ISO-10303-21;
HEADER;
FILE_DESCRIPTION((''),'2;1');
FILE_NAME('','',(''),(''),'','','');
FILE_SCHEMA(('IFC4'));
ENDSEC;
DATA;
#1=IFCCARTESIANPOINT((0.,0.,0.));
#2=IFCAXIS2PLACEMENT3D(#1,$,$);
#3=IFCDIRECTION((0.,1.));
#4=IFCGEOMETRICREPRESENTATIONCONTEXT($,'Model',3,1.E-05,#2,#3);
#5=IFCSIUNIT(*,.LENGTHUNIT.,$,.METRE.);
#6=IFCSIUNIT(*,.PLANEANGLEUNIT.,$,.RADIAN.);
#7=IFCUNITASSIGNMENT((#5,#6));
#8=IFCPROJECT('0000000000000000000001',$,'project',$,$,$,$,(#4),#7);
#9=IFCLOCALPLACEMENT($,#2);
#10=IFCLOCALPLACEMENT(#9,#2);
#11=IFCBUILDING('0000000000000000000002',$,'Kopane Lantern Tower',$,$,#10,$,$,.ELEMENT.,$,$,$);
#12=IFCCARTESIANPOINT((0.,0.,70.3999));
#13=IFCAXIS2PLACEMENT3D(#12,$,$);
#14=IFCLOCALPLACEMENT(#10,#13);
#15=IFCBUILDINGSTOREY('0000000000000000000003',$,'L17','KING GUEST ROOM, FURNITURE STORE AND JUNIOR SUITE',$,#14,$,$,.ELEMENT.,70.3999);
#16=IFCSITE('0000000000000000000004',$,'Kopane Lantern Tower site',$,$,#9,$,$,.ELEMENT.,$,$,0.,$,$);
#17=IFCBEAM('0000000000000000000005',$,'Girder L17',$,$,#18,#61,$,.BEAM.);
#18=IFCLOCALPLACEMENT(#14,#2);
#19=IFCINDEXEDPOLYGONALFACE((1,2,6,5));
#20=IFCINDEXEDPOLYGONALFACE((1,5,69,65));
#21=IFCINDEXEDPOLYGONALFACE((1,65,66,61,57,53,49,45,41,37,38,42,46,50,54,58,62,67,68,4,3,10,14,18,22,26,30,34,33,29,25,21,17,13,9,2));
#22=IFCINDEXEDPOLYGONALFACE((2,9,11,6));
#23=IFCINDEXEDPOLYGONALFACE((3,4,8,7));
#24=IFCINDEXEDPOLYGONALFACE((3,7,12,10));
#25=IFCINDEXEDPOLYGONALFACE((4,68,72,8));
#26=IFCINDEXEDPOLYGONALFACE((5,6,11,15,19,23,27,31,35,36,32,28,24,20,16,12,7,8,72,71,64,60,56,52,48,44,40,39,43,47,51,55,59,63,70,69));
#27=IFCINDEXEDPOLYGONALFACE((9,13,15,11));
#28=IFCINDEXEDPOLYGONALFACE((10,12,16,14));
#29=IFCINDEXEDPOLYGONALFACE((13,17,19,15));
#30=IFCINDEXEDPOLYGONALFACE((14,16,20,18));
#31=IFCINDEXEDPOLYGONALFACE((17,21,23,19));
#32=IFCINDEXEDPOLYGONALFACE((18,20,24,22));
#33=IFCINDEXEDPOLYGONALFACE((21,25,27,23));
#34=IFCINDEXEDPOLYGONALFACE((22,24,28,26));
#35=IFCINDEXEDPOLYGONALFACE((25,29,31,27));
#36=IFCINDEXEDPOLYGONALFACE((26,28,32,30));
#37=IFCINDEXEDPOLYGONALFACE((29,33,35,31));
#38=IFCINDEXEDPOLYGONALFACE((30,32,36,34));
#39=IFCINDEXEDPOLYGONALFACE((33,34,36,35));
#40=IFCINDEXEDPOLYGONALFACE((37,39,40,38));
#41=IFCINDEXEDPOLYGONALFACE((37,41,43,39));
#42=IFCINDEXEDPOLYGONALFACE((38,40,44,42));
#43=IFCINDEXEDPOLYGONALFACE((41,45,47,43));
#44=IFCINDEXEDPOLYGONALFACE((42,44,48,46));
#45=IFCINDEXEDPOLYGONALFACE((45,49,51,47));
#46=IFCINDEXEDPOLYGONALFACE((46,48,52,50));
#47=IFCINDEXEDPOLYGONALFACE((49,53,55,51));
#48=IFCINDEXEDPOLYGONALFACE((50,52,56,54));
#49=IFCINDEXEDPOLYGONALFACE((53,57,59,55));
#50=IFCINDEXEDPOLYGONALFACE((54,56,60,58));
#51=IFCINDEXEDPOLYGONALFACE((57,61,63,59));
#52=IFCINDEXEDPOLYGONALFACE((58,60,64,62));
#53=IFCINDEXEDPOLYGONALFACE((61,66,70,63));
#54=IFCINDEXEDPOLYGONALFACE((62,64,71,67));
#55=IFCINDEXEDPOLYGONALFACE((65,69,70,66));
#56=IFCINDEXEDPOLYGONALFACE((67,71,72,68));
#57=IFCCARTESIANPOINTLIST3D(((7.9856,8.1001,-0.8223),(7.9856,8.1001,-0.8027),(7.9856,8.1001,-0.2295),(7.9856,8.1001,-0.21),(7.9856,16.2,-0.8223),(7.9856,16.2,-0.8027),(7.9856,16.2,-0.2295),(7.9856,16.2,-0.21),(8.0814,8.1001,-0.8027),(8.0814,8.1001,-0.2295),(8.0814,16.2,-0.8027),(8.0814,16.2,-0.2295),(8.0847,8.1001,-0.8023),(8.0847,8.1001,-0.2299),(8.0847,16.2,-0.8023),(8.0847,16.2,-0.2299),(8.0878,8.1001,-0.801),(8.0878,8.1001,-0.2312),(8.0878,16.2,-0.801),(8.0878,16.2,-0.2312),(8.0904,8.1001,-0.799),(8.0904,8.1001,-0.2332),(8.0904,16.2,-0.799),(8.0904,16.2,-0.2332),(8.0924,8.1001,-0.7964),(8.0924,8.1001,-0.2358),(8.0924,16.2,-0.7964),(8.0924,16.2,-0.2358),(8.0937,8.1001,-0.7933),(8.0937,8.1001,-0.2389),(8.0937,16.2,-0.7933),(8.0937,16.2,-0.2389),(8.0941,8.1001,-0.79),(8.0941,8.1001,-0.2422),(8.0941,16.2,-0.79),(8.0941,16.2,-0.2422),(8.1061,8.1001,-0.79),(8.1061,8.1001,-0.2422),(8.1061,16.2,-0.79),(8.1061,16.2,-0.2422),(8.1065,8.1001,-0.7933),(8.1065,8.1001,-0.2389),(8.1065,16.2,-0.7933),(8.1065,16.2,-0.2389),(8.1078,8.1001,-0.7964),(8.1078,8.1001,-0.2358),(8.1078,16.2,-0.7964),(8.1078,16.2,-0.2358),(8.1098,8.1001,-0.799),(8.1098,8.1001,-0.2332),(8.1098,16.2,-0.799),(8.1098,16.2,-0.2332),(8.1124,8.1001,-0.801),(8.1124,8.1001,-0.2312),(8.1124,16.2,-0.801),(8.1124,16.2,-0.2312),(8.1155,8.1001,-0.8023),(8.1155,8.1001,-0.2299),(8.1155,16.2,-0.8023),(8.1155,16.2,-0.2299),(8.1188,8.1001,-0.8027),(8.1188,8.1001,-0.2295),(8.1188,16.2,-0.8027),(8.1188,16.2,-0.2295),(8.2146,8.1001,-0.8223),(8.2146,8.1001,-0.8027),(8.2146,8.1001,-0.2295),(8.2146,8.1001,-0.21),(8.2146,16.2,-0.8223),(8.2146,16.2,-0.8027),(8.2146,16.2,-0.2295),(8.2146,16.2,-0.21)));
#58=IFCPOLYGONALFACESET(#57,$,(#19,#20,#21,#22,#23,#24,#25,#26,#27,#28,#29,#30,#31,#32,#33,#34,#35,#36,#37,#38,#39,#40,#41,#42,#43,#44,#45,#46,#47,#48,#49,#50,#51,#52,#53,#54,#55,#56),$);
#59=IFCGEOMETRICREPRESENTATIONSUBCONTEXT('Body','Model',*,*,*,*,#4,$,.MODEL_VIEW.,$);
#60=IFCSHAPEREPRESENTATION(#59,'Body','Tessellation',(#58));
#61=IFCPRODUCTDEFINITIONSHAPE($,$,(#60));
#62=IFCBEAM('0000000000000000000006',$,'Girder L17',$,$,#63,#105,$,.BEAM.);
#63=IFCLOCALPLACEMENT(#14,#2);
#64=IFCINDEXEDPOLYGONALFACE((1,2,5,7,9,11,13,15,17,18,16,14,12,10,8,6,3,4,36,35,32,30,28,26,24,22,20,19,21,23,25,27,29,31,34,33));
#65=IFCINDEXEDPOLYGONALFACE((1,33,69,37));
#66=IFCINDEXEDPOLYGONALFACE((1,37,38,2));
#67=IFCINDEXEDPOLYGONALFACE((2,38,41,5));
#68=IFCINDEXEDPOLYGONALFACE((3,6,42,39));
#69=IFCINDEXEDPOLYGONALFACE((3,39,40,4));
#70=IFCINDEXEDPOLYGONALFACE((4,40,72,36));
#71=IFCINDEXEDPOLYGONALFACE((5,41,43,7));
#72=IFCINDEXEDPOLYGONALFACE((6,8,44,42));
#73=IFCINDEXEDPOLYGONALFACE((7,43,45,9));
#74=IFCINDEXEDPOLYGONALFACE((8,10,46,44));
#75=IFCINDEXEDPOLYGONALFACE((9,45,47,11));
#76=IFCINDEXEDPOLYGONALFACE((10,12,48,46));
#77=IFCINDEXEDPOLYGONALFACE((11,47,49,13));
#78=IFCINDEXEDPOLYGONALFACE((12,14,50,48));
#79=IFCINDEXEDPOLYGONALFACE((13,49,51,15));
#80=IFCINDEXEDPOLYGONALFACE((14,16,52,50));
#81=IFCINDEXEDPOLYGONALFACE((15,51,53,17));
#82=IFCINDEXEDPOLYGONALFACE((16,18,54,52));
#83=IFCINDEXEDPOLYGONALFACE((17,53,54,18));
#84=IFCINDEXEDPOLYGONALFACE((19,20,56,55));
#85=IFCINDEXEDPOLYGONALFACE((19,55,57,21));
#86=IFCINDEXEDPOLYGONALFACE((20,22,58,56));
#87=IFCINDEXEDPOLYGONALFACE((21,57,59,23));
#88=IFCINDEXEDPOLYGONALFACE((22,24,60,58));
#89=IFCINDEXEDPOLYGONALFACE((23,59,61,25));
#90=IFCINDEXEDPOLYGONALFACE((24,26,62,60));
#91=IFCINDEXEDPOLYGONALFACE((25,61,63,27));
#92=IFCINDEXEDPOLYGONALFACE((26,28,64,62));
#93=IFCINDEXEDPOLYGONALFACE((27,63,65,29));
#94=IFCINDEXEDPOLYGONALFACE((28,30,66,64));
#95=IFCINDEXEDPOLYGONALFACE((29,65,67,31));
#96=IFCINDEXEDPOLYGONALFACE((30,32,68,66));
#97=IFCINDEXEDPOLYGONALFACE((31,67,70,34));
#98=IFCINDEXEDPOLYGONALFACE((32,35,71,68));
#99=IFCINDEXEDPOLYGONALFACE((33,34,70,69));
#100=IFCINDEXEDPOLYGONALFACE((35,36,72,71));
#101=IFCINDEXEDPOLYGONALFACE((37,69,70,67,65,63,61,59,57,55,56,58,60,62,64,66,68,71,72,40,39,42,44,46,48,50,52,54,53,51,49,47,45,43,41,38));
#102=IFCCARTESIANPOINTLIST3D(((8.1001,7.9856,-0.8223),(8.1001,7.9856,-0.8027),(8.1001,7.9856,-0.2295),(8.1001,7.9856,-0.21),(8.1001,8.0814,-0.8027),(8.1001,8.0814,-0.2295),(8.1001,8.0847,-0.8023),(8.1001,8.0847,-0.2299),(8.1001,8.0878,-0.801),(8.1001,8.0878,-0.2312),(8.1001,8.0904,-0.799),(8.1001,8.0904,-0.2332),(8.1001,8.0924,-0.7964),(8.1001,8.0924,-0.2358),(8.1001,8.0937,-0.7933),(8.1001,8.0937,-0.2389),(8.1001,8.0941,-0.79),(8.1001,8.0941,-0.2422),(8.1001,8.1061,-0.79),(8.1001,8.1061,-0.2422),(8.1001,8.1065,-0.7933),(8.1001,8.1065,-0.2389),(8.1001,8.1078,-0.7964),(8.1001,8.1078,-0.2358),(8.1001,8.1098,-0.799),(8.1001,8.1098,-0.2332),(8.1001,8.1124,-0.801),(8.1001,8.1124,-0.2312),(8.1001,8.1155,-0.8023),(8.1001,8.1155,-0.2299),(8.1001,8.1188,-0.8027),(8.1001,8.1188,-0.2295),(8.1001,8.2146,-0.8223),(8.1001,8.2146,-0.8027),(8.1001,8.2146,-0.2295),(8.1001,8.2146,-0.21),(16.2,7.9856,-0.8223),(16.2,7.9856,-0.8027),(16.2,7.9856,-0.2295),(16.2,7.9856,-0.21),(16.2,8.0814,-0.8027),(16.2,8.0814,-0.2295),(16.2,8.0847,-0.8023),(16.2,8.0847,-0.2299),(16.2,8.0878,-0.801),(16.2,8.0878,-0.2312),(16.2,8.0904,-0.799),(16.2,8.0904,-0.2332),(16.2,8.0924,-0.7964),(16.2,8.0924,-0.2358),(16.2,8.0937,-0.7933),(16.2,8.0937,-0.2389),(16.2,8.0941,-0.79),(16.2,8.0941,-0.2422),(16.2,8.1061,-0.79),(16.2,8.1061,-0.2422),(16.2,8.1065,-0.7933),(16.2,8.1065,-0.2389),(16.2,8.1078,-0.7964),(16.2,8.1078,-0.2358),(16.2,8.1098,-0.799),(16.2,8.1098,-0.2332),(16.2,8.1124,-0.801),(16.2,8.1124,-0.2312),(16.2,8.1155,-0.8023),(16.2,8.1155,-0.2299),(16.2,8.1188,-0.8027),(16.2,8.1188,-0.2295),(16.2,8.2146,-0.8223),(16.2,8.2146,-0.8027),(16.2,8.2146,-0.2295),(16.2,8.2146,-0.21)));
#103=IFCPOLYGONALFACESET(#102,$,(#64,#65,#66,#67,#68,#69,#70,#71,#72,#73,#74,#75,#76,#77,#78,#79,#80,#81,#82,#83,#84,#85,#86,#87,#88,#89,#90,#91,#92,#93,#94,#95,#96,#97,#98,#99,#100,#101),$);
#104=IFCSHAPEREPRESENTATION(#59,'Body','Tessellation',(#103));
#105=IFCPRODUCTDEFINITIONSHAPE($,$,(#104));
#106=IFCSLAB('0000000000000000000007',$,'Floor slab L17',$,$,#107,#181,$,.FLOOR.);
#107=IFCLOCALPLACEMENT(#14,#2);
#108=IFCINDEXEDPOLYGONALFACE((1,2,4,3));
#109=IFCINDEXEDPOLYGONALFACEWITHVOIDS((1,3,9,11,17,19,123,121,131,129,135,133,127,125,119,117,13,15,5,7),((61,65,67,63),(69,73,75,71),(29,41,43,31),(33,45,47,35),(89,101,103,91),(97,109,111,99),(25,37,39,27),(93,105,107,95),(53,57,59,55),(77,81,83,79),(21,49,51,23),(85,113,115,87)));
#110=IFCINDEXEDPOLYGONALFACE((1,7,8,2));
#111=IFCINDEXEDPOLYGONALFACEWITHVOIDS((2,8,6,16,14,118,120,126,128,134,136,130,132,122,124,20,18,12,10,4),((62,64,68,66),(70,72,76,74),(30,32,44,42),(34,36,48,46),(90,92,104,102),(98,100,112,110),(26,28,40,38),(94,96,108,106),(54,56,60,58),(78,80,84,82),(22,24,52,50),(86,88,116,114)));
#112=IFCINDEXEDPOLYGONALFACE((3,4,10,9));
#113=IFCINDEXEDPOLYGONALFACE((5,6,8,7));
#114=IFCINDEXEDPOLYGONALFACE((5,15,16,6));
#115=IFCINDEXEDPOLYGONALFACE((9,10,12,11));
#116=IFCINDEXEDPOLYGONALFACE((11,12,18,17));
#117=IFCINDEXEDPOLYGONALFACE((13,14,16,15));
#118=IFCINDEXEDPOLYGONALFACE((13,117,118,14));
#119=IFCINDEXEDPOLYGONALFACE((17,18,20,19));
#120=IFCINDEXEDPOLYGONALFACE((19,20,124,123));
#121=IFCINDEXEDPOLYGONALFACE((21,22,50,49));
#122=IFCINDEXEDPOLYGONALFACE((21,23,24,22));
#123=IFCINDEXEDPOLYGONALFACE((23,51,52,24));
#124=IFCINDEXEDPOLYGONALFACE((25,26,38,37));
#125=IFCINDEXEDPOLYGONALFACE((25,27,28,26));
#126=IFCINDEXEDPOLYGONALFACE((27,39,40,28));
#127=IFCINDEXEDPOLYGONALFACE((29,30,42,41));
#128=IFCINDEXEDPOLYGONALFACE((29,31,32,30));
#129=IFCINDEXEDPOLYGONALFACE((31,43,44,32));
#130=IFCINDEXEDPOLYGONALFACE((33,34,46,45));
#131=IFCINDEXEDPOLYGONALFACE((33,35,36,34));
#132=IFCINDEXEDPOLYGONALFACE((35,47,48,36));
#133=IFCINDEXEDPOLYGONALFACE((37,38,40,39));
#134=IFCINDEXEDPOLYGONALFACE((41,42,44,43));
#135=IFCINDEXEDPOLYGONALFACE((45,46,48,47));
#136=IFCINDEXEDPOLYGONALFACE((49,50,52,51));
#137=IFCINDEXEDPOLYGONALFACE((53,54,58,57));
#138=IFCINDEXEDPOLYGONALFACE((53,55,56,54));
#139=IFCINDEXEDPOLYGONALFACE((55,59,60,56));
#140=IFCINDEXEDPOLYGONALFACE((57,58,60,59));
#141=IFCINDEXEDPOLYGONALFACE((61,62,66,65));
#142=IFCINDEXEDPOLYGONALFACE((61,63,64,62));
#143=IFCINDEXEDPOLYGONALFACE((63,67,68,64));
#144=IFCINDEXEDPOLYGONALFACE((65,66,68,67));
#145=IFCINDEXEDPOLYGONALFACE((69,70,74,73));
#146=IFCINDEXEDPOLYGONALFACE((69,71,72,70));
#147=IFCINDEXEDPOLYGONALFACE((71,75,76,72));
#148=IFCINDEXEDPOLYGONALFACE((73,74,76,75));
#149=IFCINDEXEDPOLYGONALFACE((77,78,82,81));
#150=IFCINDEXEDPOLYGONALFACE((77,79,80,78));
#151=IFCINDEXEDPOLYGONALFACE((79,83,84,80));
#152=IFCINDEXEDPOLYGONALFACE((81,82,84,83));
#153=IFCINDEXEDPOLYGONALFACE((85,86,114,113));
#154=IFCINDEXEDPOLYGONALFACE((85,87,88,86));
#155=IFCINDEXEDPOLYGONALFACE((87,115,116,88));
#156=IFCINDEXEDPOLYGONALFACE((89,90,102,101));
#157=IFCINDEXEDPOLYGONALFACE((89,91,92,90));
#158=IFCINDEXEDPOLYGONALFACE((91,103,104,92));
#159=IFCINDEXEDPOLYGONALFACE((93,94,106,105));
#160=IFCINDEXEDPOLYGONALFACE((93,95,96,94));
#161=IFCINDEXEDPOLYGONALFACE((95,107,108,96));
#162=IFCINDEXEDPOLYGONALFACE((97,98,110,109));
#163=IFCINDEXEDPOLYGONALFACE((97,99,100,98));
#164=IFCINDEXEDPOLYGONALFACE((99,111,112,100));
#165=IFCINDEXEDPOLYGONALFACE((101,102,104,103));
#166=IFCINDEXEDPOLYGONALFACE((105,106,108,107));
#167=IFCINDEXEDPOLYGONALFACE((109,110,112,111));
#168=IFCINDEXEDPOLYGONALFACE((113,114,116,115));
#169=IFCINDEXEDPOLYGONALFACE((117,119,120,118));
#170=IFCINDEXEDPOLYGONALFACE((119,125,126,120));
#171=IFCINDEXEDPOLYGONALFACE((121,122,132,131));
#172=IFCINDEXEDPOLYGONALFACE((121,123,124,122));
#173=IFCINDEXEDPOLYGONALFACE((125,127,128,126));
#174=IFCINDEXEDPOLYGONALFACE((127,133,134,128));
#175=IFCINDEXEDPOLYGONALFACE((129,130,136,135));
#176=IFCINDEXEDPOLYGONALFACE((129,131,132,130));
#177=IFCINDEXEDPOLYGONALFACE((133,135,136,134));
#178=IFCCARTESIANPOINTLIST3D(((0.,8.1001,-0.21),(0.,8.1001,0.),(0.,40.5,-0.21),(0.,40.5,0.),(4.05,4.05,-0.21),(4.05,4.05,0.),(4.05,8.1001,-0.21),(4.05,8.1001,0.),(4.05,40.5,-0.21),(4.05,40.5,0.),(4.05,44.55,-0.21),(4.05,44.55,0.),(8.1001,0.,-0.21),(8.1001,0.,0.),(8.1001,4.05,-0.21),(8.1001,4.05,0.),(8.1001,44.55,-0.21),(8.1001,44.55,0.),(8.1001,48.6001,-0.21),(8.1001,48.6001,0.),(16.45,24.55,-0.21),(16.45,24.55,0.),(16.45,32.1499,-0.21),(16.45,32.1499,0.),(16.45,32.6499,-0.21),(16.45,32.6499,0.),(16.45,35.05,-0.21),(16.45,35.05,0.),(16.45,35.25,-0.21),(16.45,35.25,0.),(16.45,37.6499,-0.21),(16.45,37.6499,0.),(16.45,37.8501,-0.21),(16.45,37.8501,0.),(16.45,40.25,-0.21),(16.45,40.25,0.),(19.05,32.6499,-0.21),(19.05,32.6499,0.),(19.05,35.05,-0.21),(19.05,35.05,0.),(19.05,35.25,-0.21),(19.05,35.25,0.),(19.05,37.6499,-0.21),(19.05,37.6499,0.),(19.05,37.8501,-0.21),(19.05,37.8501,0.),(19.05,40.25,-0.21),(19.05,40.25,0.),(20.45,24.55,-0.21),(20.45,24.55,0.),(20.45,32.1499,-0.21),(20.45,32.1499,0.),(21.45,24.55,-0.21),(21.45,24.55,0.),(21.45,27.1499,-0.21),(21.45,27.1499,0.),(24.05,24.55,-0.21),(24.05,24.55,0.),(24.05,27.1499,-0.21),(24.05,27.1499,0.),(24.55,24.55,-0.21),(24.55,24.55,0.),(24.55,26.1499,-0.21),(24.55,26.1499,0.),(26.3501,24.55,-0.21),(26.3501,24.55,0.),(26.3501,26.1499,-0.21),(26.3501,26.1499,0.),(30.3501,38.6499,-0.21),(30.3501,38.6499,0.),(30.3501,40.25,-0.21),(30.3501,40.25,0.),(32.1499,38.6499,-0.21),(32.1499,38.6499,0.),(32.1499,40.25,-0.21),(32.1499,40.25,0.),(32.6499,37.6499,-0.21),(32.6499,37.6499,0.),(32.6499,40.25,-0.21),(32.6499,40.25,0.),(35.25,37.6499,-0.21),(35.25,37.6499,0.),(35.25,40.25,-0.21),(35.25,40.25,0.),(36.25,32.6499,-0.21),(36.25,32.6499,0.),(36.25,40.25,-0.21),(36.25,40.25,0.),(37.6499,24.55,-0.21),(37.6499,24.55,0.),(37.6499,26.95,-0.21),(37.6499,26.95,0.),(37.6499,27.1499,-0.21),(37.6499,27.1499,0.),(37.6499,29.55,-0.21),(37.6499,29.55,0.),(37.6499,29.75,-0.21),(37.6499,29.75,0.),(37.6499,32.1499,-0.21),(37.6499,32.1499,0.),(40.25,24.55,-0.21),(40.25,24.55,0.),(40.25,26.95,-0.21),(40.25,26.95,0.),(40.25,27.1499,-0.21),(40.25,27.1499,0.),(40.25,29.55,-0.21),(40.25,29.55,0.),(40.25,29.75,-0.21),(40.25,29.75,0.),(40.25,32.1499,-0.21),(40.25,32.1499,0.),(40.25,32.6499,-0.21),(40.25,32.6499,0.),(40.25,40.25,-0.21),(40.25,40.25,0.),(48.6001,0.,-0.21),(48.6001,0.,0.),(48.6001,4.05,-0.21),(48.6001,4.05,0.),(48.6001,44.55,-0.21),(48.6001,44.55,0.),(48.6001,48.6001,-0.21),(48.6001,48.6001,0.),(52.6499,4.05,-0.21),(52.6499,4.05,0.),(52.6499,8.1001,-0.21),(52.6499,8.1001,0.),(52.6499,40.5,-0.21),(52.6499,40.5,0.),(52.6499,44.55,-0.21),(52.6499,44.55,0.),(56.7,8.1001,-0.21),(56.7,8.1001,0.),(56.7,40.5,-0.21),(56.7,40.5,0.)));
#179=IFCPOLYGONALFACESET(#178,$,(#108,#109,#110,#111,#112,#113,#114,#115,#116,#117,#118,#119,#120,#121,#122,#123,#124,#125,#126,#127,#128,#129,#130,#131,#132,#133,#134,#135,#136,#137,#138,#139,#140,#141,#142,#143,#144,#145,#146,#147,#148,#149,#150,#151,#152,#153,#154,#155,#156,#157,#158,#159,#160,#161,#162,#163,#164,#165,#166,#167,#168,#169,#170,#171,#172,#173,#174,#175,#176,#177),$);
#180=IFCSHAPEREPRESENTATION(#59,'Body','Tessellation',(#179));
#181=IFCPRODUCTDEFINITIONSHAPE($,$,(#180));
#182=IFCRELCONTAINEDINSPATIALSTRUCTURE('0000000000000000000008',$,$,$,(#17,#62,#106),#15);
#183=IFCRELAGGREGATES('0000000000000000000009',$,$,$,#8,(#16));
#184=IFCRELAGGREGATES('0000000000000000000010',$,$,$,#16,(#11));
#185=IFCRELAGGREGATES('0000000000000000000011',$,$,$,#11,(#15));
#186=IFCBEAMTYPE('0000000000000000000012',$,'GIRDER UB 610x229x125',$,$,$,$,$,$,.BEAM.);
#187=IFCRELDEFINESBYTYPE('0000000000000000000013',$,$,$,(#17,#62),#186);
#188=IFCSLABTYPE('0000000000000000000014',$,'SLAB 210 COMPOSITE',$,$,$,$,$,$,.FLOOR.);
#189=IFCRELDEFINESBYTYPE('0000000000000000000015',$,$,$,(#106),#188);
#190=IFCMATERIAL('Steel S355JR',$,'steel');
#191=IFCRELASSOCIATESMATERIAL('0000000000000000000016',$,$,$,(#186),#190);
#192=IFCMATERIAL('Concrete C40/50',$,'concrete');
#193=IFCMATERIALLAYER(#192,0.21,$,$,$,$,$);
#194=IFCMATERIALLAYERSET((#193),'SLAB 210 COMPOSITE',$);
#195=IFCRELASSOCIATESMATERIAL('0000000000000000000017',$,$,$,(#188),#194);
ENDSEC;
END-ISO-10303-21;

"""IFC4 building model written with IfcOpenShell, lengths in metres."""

from ifc_helpers import new_model, si_unit, direction, frame, origin, origin_2d, place, context, subcontext, project, spatial, polyline, i_section, outline, extrude, material, layer, layer_set, material_profile, profile_set, type_object, element, save


model = new_model("IFC4")

# Units and contexts
model_context = context("Model", 3, precision=1e-05, world=origin(), true_north=direction((0.0, 1.0)))
body_context = subcontext(model_context, "Body", "Model", "MODEL_VIEW")
ifc_project = project(units=[si_unit("LENGTHUNIT", "METRE"), si_unit("PLANEANGLEUNIT", "RADIAN")], contexts=[model_context])

# Site, building, storey
site_placement = place(None, origin())
site = spatial("IfcSite", under=ifc_project, at=site_placement, Name="Kopane Lantern Tower site", CompositionType="ELEMENT", RefElevation=0.0)
building_placement = place(site_placement, origin())
building = spatial("IfcBuilding", under=site, at=building_placement, Name="Kopane Lantern Tower", CompositionType="ELEMENT")
storey_placement = place(building_placement, frame((0.0, 0.0, 70.3999)))
storey = spatial("IfcBuildingStorey", under=building, at=storey_placement, Name="L17", Description="KING GUEST ROOM, FURNITURE STORE AND JUNIOR SUITE", CompositionType="ELEMENT", Elevation=70.3999)

# Beams
ifc_material_1 = material(Name="Steel S355JR", Category="steel")
ifc_material_profile_1 = material_profile(ifc_material_1, i_section(OverallWidth=0.229, OverallDepth=0.6123, WebThickness=0.012, FlangeThickness=0.0195, FilletRadius=0.0127, at=origin_2d()), Name="UB 610x229x125")
ifc_profile_set_1 = profile_set([ifc_material_profile_1], Name="Steel S355JR")
beam_type_1 = type_object("IfcBeamType", Name="GIRDER UB 610x229x125", PredefinedType="BEAM", material=ifc_profile_set_1)
for number, where, z_axis, x_axis, name in (
    (1, (8.1001, 8.1001, -0.5161), (0.0, 1.0, 0.0), (-1.0, 0.0, 0.0), "Girder L17"),
    (2, (8.1001, 8.1001, -0.5161), (1.0, 0.0, 0.0), (0.0, 1.0, 0.0), "Girder L17"),
):
    element("IfcBeam", number, at=place(storey_placement, frame(where, z_axis=z_axis, x_axis=x_axis)), inside=storey, type_object=beam_type_1, Name=name, PredefinedType="BEAM", context=body_context, shape_type="SweptSolid", body=[
        extrude(i_section(OverallWidth=0.229, OverallDepth=0.6123, WebThickness=0.012, FlangeThickness=0.0195, FilletRadius=0.0127, at=origin_2d()), origin(), (0.0, 0.0, 1.0), 8.0999),
    ])

# Slab
ifc_material_2 = material(Name="Concrete C40/50", Category="concrete")
ifc_layer_1 = layer(ifc_material_2, 0.21)
ifc_layer_set_1 = layer_set([ifc_layer_1], Name="SLAB 210 COMPOSITE")
slab_type_1 = type_object("IfcSlabType", Name="SLAB 210 COMPOSITE", PredefinedType="FLOOR", material=ifc_layer_set_1)
slab_1_placement = place(storey_placement, frame((0.0, 0.0, -0.21)))
element("IfcSlab", 3, at=slab_1_placement, inside=storey, type_object=slab_type_1, Name="Floor slab L17", PredefinedType="FLOOR", context=body_context, shape_type="SweptSolid", body=[
    extrude(outline(polyline([(8.1001, 0.0), (48.6001, 0.0), (48.6001, 4.05), (52.6499, 4.05), (52.6499, 8.1001), (56.7, 8.1001), (56.7, 40.5), (52.6499, 40.5), (52.6499, 44.55), (48.6001, 44.55), (48.6001, 48.6001), (8.1001, 48.6001), (8.1001, 44.55), (4.05, 44.55), (4.05, 40.5), (0.0, 40.5), (0.0, 8.1001), (4.05, 8.1001), (4.05, 4.05), (8.1001, 4.05), (8.1001, 0.0)]), holes=[polyline([(16.45, 24.55), (20.45, 24.55), (20.45, 32.1499), (16.45, 32.1499), (16.45, 24.55)]), polyline([(36.25, 32.6499), (40.25, 32.6499), (40.25, 40.25), (36.25, 40.25), (36.25, 32.6499)]), polyline([(16.45, 32.6499), (19.05, 32.6499), (19.05, 35.05), (16.45, 35.05), (16.45, 32.6499)]), polyline([(16.45, 35.25), (19.05, 35.25), (19.05, 37.6499), (16.45, 37.6499), (16.45, 35.25)]), polyline([(16.45, 37.8501), (19.05, 37.8501), (19.05, 40.25), (16.45, 40.25), (16.45, 37.8501)]), polyline([(37.6499, 24.55), (40.25, 24.55), (40.25, 26.95), (37.6499, 26.95), (37.6499, 24.55)]), polyline([(37.6499, 27.1499), (40.25, 27.1499), (40.25, 29.55), (37.6499, 29.55), (37.6499, 27.1499)]), polyline([(37.6499, 29.75), (40.25, 29.75), (40.25, 32.1499), (37.6499, 32.1499), (37.6499, 29.75)]), polyline([(21.45, 24.55), (24.05, 24.55), (24.05, 27.1499), (21.45, 27.1499), (21.45, 24.55)]), polyline([(32.6499, 37.6499), (35.25, 37.6499), (35.25, 40.25), (32.6499, 40.25), (32.6499, 37.6499)]), polyline([(24.55, 24.55), (26.3501, 24.55), (26.3501, 26.1499), (24.55, 26.1499), (24.55, 24.55)]), polyline([(30.3501, 38.6499), (32.1499, 38.6499), (32.1499, 40.25), (30.3501, 40.25), (30.3501, 38.6499)])]), origin(), (0.0, 0.0, 1.0), 0.21),
])

save(model, "model.ifc")
